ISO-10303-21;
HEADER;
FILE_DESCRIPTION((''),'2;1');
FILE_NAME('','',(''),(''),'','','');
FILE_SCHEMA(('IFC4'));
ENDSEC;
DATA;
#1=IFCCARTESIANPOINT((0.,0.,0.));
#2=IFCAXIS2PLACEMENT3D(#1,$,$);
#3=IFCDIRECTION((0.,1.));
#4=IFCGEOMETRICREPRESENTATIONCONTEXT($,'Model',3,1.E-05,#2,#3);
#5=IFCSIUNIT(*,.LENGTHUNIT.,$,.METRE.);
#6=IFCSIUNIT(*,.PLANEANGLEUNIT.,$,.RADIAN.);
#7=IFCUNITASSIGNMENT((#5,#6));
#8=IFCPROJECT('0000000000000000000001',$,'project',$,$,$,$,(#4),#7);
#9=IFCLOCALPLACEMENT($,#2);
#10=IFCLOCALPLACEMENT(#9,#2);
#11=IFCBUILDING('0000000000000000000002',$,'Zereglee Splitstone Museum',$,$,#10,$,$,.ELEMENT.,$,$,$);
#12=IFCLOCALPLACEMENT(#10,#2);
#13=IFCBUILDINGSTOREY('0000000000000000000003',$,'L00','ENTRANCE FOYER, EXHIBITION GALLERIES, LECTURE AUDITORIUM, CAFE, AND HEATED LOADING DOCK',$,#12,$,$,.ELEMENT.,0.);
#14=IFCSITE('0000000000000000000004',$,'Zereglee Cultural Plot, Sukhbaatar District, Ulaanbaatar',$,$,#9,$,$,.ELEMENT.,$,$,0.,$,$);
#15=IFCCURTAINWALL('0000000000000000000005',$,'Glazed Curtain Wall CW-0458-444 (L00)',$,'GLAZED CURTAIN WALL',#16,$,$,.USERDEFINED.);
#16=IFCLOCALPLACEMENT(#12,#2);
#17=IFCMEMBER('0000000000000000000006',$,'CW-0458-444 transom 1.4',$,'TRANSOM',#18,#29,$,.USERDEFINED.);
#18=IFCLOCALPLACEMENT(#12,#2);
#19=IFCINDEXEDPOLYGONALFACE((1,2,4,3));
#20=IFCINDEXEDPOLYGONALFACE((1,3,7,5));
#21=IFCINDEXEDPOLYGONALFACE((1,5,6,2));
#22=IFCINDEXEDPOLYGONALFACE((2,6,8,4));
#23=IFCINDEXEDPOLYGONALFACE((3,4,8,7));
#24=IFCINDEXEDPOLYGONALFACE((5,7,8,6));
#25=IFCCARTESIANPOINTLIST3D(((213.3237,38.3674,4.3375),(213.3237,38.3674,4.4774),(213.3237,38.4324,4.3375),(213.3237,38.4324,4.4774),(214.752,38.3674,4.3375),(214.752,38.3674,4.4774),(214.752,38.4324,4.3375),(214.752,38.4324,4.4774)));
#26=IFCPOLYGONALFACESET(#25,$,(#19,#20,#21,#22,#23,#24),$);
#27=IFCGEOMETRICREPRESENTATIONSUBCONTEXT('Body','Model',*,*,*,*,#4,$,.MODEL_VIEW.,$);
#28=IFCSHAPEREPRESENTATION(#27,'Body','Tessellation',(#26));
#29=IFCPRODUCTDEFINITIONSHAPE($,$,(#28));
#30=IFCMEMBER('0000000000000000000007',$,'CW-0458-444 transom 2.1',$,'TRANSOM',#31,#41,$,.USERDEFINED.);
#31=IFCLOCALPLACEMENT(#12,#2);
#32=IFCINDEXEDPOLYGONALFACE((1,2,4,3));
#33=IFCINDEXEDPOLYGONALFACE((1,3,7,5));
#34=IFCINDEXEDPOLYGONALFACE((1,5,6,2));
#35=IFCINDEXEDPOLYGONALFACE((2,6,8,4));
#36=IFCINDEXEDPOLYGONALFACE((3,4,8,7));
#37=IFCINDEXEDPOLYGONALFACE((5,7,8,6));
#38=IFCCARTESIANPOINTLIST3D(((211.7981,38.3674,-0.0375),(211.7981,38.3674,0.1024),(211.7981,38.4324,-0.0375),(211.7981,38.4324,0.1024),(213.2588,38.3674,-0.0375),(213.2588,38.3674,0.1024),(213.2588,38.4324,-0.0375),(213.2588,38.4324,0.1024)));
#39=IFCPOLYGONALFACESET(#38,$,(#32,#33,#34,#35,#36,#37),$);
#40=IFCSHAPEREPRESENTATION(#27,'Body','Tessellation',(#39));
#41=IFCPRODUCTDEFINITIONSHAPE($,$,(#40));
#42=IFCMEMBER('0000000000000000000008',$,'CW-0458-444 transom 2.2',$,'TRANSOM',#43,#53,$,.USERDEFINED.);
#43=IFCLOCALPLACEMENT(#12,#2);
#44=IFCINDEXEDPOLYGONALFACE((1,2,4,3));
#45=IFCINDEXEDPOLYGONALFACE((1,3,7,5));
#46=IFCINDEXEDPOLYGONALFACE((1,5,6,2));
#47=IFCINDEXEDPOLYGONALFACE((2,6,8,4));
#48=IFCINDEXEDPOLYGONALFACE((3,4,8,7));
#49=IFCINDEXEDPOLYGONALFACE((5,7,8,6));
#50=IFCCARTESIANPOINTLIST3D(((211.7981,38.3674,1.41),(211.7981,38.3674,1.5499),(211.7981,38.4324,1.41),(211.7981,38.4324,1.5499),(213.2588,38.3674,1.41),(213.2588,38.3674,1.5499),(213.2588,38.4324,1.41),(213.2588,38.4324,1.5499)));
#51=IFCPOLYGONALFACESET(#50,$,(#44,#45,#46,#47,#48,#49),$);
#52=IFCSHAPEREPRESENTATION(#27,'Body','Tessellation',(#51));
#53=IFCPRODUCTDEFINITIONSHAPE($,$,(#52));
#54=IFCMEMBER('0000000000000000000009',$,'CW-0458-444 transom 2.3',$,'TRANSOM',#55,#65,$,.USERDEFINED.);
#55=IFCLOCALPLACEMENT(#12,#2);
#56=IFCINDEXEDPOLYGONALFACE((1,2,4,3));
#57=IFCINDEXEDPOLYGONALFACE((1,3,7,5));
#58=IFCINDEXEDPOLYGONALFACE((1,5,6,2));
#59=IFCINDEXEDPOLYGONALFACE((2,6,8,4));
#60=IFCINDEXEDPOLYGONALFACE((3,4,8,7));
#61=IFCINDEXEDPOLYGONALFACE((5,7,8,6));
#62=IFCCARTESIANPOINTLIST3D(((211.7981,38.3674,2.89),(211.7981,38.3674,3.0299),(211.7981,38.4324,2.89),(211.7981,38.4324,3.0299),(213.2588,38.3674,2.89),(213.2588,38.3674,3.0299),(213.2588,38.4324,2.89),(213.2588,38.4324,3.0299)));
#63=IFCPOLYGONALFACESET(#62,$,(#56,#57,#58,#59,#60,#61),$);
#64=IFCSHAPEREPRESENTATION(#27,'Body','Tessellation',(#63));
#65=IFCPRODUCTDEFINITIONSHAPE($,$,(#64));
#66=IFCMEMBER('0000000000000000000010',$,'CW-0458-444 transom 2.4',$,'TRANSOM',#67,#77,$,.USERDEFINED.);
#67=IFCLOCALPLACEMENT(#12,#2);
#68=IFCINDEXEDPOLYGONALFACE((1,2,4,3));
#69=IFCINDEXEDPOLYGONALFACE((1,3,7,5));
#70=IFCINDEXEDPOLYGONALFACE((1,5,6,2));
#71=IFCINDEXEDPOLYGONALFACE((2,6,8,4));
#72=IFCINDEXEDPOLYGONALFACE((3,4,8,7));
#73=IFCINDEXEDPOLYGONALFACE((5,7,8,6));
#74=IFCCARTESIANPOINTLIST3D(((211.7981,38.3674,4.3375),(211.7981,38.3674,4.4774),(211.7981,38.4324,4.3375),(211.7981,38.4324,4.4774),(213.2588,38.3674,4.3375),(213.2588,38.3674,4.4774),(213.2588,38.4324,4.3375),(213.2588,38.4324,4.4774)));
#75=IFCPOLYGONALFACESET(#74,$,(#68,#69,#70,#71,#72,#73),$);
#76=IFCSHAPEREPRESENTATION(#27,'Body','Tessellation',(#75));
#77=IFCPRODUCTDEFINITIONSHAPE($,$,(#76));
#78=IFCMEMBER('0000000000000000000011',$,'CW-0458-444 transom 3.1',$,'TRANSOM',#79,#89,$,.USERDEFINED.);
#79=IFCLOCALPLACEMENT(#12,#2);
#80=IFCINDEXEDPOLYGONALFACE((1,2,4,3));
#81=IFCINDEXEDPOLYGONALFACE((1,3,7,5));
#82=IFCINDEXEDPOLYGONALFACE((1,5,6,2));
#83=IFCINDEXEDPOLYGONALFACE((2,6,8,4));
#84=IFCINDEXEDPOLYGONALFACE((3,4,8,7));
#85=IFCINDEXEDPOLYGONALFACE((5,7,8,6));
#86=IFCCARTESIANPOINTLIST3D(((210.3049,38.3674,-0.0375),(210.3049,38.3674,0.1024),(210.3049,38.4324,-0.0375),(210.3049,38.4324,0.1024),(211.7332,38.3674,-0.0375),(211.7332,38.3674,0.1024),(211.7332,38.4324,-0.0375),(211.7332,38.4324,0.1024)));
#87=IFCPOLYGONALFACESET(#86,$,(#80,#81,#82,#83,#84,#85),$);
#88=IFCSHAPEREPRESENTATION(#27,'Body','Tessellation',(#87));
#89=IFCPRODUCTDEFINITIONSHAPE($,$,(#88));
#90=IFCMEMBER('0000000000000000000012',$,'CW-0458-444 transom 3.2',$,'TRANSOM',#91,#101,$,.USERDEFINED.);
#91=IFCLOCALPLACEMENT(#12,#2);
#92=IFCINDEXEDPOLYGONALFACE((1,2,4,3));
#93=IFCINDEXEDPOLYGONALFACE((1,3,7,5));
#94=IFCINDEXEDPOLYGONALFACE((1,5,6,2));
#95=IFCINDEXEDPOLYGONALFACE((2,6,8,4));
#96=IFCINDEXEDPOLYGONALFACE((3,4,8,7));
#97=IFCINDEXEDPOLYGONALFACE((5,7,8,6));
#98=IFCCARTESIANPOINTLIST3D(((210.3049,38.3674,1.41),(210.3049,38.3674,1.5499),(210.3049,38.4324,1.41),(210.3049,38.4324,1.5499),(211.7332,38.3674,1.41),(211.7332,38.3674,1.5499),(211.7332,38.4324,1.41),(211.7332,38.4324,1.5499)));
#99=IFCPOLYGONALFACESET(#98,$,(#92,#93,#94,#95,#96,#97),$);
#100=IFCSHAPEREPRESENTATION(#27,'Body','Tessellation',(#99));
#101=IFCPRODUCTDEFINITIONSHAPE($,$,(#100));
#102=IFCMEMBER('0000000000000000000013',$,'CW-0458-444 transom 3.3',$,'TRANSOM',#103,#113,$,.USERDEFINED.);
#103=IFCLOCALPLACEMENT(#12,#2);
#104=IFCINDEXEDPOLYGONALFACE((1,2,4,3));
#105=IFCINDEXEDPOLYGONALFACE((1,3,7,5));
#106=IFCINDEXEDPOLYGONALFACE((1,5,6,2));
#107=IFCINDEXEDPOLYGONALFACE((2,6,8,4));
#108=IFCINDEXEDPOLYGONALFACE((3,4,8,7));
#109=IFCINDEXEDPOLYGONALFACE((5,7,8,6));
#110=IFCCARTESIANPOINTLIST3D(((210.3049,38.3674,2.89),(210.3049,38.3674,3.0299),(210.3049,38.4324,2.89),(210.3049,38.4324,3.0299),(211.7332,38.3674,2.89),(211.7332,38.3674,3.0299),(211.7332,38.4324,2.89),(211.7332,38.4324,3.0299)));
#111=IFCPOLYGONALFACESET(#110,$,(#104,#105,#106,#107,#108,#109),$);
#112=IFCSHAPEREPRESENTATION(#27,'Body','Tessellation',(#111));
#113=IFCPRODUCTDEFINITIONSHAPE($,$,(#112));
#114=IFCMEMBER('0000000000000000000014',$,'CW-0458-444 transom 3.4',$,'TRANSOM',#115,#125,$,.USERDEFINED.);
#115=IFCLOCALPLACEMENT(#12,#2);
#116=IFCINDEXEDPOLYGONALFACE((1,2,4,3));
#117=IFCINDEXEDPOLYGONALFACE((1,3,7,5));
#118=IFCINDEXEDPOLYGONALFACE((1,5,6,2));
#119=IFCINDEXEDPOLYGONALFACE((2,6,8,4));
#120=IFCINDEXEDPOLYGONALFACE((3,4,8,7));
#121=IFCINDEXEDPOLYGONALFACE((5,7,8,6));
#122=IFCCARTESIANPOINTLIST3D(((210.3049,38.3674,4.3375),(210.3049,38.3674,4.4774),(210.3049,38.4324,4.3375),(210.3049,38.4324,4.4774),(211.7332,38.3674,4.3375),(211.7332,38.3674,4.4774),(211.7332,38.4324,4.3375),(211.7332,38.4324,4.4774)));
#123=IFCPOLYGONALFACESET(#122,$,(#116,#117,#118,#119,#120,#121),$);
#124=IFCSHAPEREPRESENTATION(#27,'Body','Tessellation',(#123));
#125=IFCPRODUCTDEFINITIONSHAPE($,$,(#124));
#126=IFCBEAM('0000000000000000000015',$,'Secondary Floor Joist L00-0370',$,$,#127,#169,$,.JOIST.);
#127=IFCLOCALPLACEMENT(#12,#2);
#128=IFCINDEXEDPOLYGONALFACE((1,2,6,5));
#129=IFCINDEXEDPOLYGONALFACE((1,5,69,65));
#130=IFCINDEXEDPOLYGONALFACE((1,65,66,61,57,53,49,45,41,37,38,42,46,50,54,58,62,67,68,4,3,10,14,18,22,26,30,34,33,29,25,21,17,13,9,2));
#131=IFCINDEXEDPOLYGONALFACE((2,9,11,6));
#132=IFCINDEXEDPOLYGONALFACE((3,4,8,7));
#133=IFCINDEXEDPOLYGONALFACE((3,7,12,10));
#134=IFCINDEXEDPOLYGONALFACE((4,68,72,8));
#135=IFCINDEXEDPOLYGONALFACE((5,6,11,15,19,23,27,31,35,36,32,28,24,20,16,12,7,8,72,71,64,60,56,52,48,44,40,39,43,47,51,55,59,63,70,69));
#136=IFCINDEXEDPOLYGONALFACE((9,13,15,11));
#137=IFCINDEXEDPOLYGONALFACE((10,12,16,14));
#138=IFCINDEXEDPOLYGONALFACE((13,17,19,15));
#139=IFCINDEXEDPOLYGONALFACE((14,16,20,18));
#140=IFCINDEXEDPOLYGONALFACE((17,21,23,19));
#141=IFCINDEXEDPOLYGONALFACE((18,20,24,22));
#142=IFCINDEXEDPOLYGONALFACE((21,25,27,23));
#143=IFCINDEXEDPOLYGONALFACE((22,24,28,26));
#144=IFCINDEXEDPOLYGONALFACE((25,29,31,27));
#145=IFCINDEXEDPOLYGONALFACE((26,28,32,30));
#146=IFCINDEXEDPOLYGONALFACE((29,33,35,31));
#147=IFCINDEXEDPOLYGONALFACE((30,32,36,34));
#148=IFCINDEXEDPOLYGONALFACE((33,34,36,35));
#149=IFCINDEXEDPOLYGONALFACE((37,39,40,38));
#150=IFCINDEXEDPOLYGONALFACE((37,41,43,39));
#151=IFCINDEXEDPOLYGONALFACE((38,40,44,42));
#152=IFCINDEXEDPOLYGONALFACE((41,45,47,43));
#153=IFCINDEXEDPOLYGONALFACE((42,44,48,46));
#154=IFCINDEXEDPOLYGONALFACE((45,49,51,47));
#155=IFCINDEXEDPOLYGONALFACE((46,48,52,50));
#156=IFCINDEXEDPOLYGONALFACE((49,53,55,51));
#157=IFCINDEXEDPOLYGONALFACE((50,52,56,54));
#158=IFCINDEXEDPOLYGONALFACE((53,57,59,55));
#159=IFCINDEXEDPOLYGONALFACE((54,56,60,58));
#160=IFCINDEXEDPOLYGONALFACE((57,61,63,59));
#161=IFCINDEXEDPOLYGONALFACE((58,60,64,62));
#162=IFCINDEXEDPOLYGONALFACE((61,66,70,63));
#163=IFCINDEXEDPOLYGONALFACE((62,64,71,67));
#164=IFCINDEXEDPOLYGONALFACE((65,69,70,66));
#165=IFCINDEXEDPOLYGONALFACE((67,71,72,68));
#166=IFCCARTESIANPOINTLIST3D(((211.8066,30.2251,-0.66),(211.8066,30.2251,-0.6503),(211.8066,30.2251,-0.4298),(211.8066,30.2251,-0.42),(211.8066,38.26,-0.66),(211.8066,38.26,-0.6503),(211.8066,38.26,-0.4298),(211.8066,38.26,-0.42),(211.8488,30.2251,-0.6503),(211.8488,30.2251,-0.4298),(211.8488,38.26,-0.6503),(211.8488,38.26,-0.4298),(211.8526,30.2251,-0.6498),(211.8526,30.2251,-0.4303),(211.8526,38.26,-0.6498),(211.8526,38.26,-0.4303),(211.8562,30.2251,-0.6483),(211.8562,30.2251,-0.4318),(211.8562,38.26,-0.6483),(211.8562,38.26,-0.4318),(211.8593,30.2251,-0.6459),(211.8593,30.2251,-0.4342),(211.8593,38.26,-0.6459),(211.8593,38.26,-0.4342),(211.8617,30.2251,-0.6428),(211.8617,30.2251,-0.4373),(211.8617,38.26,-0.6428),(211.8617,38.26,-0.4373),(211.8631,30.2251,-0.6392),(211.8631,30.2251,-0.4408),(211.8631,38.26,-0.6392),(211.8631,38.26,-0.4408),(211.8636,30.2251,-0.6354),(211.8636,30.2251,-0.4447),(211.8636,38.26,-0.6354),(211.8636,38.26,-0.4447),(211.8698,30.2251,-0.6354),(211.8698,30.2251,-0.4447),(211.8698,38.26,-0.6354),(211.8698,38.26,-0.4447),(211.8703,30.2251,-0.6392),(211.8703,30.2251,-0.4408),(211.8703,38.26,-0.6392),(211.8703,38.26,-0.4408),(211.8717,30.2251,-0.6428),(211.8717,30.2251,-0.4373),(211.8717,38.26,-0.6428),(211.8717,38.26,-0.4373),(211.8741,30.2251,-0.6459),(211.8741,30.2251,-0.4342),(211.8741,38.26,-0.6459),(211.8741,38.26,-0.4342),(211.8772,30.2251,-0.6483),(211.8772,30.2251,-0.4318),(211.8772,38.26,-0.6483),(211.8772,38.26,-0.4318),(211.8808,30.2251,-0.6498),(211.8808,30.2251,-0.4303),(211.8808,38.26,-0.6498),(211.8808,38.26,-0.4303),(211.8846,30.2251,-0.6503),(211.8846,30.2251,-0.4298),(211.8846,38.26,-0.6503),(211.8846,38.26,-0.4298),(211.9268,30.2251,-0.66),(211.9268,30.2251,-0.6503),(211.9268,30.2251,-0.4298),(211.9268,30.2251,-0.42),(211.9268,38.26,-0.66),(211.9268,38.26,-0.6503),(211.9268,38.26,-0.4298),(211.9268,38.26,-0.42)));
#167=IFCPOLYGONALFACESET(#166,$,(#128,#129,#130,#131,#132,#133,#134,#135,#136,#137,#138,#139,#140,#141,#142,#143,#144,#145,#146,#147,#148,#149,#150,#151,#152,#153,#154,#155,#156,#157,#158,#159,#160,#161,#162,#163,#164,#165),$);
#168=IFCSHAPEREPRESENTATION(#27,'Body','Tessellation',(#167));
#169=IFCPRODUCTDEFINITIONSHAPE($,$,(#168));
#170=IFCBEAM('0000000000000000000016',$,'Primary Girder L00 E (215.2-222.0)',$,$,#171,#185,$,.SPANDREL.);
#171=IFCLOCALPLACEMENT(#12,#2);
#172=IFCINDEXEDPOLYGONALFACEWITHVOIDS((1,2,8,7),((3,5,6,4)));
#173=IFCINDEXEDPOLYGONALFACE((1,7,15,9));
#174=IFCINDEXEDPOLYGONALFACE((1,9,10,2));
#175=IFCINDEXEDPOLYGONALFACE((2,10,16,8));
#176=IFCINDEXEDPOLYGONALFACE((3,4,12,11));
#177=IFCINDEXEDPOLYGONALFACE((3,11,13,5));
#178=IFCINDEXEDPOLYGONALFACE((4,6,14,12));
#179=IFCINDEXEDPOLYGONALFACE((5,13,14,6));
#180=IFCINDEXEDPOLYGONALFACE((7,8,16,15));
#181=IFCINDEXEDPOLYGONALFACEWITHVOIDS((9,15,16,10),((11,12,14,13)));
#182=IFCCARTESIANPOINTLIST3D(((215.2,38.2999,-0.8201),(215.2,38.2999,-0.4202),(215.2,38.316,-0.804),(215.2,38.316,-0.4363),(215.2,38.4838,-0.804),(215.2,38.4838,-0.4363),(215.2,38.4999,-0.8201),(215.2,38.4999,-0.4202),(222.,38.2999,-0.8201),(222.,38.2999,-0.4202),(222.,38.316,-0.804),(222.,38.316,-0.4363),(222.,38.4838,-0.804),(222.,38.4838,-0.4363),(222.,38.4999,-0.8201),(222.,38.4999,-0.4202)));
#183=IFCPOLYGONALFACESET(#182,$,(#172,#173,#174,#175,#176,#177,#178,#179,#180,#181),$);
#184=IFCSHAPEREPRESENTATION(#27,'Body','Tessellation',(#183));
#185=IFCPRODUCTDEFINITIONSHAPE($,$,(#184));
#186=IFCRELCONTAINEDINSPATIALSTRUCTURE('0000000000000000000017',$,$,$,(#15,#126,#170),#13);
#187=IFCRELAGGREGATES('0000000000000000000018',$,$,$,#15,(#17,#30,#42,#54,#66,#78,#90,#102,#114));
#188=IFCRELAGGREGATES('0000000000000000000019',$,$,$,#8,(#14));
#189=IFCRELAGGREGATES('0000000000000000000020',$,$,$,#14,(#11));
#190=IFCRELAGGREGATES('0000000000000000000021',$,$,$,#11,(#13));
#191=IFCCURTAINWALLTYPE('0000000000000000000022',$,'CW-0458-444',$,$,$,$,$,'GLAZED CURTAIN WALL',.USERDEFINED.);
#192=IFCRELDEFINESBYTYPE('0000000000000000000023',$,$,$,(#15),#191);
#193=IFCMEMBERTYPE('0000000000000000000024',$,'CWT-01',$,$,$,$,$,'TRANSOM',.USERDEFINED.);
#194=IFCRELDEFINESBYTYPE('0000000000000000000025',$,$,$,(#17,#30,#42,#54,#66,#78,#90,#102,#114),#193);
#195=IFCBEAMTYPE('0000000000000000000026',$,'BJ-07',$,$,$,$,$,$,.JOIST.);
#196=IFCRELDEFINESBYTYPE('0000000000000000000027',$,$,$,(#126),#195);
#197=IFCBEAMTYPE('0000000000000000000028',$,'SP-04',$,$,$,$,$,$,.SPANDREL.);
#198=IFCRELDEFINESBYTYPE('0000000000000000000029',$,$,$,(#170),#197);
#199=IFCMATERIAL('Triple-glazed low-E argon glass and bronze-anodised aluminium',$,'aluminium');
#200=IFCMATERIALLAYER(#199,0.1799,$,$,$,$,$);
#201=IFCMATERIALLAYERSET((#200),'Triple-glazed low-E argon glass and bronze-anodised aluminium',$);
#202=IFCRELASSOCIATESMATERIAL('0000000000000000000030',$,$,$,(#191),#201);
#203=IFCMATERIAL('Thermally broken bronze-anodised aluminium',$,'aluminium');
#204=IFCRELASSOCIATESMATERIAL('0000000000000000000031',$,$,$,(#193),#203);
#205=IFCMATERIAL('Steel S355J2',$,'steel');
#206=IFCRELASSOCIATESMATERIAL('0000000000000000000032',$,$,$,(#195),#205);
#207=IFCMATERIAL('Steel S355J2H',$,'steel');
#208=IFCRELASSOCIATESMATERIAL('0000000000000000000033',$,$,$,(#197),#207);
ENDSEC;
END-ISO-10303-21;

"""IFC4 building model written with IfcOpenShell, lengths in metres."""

from ifc_helpers import new_model, si_unit, direction, frame, origin, origin_2d, place, context, subcontext, project, spatial, rectangle, hollow_rectangle, i_section, extrude, material, layer, layer_set, material_profile, profile_set, type_object, element, aggregate, save


model = new_model("IFC4")

# Units and contexts
model_context = context("Model", 3, precision=1e-05, world=origin(), true_north=direction((0.0, 1.0)))
body_context = subcontext(model_context, "Body", "Model", "MODEL_VIEW")
ifc_project = project(units=[si_unit("LENGTHUNIT", "METRE"), si_unit("PLANEANGLEUNIT", "RADIAN")], contexts=[model_context])

# Site, building, storey
site_placement = place(None, origin())
site = spatial("IfcSite", under=ifc_project, at=site_placement, Name="Zereglee Cultural Plot, Sukhbaatar District, Ulaanbaatar", CompositionType="ELEMENT", RefElevation=0.0)
building_placement = place(site_placement, origin())
building = spatial("IfcBuilding", under=site, at=building_placement, Name="Zereglee Splitstone Museum", CompositionType="ELEMENT")
storey_placement = place(building_placement, origin())
storey = spatial("IfcBuildingStorey", under=building, at=storey_placement, Name="L00", Description="ENTRANCE FOYER, EXHIBITION GALLERIES, LECTURE AUDITORIUM, CAFE, AND HEATED LOADING DOCK", CompositionType="ELEMENT", Elevation=0.0)

# Curtain wall
ifc_material_1 = material(Name="Triple-glazed low-E argon glass and bronze-anodised aluminium", Category="aluminium")
ifc_material_2 = material(Name="Thermally broken bronze-anodised aluminium", Category="aluminium")
ifc_layer_1 = layer(ifc_material_1, 0.1799)
ifc_layer_set_1 = layer_set([ifc_layer_1], Name="Triple-glazed low-E argon glass and bronze-anodised aluminium")
curtain_wall_type_1 = type_object("IfcCurtainWallType", Name="CW-0458-444", ElementType="GLAZED CURTAIN WALL", PredefinedType="USERDEFINED", material=ifc_layer_set_1)
curtain_wall_1_placement = place(storey_placement, origin())
curtain_wall_1 = element("IfcCurtainWall", 1, at=curtain_wall_1_placement, inside=storey, type_object=curtain_wall_type_1, Name="Glazed Curtain Wall CW-0458-444 (L00)", ObjectType="GLAZED CURTAIN WALL", PredefinedType="USERDEFINED")

# Members
ifc_material_profile_1 = material_profile(ifc_material_2, rectangle(XDim=0.0649, YDim=0.1399, at=origin_2d()), Name="CW TRAN 65x140")
ifc_profile_set_1 = profile_set([ifc_material_profile_1], Name="Thermally broken bronze-anodised aluminium")
member_type_1 = type_object("IfcMemberType", Name="CWT-01", ElementType="TRANSOM", PredefinedType="USERDEFINED", material=ifc_profile_set_1)
member_1_placement = place(storey_placement, frame((214.752, 38.3999, 4.4075), z_axis=(-1.0, 0.0, 0.0), x_axis=(0.0, -1.0, 0.0)))
member_1 = element("IfcMember", 2, at=member_1_placement, type_object=member_type_1, Name="CW-0458-444 transom 1.4", ObjectType="TRANSOM", PredefinedType="USERDEFINED", context=body_context, shape_type="SweptSolid", body=[
    extrude(rectangle(XDim=0.0649, YDim=0.1399, at=origin_2d()), origin(), (0.0, 0.0, 1.0), 1.4282),
])
member_2_placement = place(storey_placement, frame((213.2588, 38.3999, 0.0325), z_axis=(-1.0, 0.0, 0.0), x_axis=(0.0, -1.0, 0.0)))
member_2 = element("IfcMember", 3, at=member_2_placement, type_object=member_type_1, Name="CW-0458-444 transom 2.1", ObjectType="TRANSOM", PredefinedType="USERDEFINED", context=body_context, shape_type="SweptSolid", body=[
    extrude(rectangle(XDim=0.0649, YDim=0.1399, at=origin_2d()), origin(), (0.0, 0.0, 1.0), 1.4607),
])
member_3_placement = place(storey_placement, frame((213.2588, 38.3999, 1.48), z_axis=(-1.0, 0.0, 0.0), x_axis=(0.0, -1.0, 0.0)))
member_3 = element("IfcMember", 4, at=member_3_placement, type_object=member_type_1, Name="CW-0458-444 transom 2.2", ObjectType="TRANSOM", PredefinedType="USERDEFINED", context=body_context, shape_type="SweptSolid", body=[
    extrude(rectangle(XDim=0.0649, YDim=0.1399, at=origin_2d()), origin(), (0.0, 0.0, 1.0), 1.4607),
])
member_4_placement = place(storey_placement, frame((213.2588, 38.3999, 2.96), z_axis=(-1.0, 0.0, 0.0), x_axis=(0.0, -1.0, 0.0)))
member_4 = element("IfcMember", 5, at=member_4_placement, type_object=member_type_1, Name="CW-0458-444 transom 2.3", ObjectType="TRANSOM", PredefinedType="USERDEFINED", context=body_context, shape_type="SweptSolid", body=[
    extrude(rectangle(XDim=0.0649, YDim=0.1399, at=origin_2d()), origin(), (0.0, 0.0, 1.0), 1.4607),
])
member_5_placement = place(storey_placement, frame((213.2588, 38.3999, 4.4075), z_axis=(-1.0, 0.0, 0.0), x_axis=(0.0, -1.0, 0.0)))
member_5 = element("IfcMember", 6, at=member_5_placement, type_object=member_type_1, Name="CW-0458-444 transom 2.4", ObjectType="TRANSOM", PredefinedType="USERDEFINED", context=body_context, shape_type="SweptSolid", body=[
    extrude(rectangle(XDim=0.0649, YDim=0.1399, at=origin_2d()), origin(), (0.0, 0.0, 1.0), 1.4607),
])
member_6_placement = place(storey_placement, frame((211.7332, 38.3999, 0.0325), z_axis=(-1.0, 0.0, 0.0), x_axis=(0.0, -1.0, 0.0)))
member_6 = element("IfcMember", 7, at=member_6_placement, type_object=member_type_1, Name="CW-0458-444 transom 3.1", ObjectType="TRANSOM", PredefinedType="USERDEFINED", context=body_context, shape_type="SweptSolid", body=[
    extrude(rectangle(XDim=0.0649, YDim=0.1399, at=origin_2d()), origin(), (0.0, 0.0, 1.0), 1.4282),
])
member_7_placement = place(storey_placement, frame((211.7332, 38.3999, 1.48), z_axis=(-1.0, 0.0, 0.0), x_axis=(0.0, -1.0, 0.0)))
member_7 = element("IfcMember", 8, at=member_7_placement, type_object=member_type_1, Name="CW-0458-444 transom 3.2", ObjectType="TRANSOM", PredefinedType="USERDEFINED", context=body_context, shape_type="SweptSolid", body=[
    extrude(rectangle(XDim=0.0649, YDim=0.1399, at=origin_2d()), origin(), (0.0, 0.0, 1.0), 1.4282),
])
member_8_placement = place(storey_placement, frame((211.7332, 38.3999, 2.96), z_axis=(-1.0, 0.0, 0.0), x_axis=(0.0, -1.0, 0.0)))
member_8 = element("IfcMember", 9, at=member_8_placement, type_object=member_type_1, Name="CW-0458-444 transom 3.3", ObjectType="TRANSOM", PredefinedType="USERDEFINED", context=body_context, shape_type="SweptSolid", body=[
    extrude(rectangle(XDim=0.0649, YDim=0.1399, at=origin_2d()), origin(), (0.0, 0.0, 1.0), 1.4282),
])
member_9_placement = place(storey_placement, frame((211.7332, 38.3999, 4.4075), z_axis=(-1.0, 0.0, 0.0), x_axis=(0.0, -1.0, 0.0)))
member_9 = element("IfcMember", 10, at=member_9_placement, type_object=member_type_1, Name="CW-0458-444 transom 3.4", ObjectType="TRANSOM", PredefinedType="USERDEFINED", context=body_context, shape_type="SweptSolid", body=[
    extrude(rectangle(XDim=0.0649, YDim=0.1399, at=origin_2d()), origin(), (0.0, 0.0, 1.0), 1.4282),
])

# Beams
ifc_material_3 = material(Name="Steel S355J2", Category="steel")
ifc_material_profile_2 = material_profile(ifc_material_3, i_section(OverallWidth=0.1201, OverallDepth=0.24, WebThickness=0.0061, FlangeThickness=0.0098, FilletRadius=0.0149, at=origin_2d()), Name="IPE 240")
ifc_profile_set_2 = profile_set([ifc_material_profile_2], Name="Steel S355J2")
beam_type_1 = type_object("IfcBeamType", Name="BJ-07", PredefinedType="JOIST", material=ifc_profile_set_2)
beam_1_placement = place(storey_placement, frame((211.8667, 30.2251, -0.54), z_axis=(0.0, 1.0, 0.0), x_axis=(-1.0, 0.0, 0.0)))
element("IfcBeam", 11, at=beam_1_placement, inside=storey, type_object=beam_type_1, Name="Secondary Floor Joist L00-0370", PredefinedType="JOIST", context=body_context, shape_type="SweptSolid", body=[
    extrude(i_section(OverallWidth=0.1201, OverallDepth=0.24, WebThickness=0.0061, FlangeThickness=0.0098, FilletRadius=0.0149, at=origin_2d()), origin(), (0.0, 0.0, 1.0), 8.0349),
])
ifc_material_4 = material(Name="Steel S355J2H", Category="steel")
ifc_material_profile_3 = material_profile(ifc_material_4, hollow_rectangle(XDim=0.2, YDim=0.3999, WallThickness=0.0161, at=origin_2d()), Name="RHS 400x200x16")
ifc_profile_set_3 = profile_set([ifc_material_profile_3], Name="Steel S355J2H")
beam_type_2 = type_object("IfcBeamType", Name="SP-04", PredefinedType="SPANDREL", material=ifc_profile_set_3)
beam_2_placement = place(storey_placement, frame((215.2, 38.3999, -0.6201), z_axis=(1.0, 0.0, 0.0), x_axis=(0.0, 1.0, 0.0)))
element("IfcBeam", 12, at=beam_2_placement, inside=storey, type_object=beam_type_2, Name="Primary Girder L00 E (215.2-222.0)", PredefinedType="SPANDREL", context=body_context, shape_type="SweptSolid", body=[
    extrude(hollow_rectangle(XDim=0.2, YDim=0.3999, WallThickness=0.0161, at=origin_2d()), origin(), (0.0, 0.0, 1.0), 6.8),
])

aggregate(curtain_wall_1, [member_1, member_2, member_3, member_4, member_5, member_6, member_7, member_8, member_9])

save(model, "model.ifc")
